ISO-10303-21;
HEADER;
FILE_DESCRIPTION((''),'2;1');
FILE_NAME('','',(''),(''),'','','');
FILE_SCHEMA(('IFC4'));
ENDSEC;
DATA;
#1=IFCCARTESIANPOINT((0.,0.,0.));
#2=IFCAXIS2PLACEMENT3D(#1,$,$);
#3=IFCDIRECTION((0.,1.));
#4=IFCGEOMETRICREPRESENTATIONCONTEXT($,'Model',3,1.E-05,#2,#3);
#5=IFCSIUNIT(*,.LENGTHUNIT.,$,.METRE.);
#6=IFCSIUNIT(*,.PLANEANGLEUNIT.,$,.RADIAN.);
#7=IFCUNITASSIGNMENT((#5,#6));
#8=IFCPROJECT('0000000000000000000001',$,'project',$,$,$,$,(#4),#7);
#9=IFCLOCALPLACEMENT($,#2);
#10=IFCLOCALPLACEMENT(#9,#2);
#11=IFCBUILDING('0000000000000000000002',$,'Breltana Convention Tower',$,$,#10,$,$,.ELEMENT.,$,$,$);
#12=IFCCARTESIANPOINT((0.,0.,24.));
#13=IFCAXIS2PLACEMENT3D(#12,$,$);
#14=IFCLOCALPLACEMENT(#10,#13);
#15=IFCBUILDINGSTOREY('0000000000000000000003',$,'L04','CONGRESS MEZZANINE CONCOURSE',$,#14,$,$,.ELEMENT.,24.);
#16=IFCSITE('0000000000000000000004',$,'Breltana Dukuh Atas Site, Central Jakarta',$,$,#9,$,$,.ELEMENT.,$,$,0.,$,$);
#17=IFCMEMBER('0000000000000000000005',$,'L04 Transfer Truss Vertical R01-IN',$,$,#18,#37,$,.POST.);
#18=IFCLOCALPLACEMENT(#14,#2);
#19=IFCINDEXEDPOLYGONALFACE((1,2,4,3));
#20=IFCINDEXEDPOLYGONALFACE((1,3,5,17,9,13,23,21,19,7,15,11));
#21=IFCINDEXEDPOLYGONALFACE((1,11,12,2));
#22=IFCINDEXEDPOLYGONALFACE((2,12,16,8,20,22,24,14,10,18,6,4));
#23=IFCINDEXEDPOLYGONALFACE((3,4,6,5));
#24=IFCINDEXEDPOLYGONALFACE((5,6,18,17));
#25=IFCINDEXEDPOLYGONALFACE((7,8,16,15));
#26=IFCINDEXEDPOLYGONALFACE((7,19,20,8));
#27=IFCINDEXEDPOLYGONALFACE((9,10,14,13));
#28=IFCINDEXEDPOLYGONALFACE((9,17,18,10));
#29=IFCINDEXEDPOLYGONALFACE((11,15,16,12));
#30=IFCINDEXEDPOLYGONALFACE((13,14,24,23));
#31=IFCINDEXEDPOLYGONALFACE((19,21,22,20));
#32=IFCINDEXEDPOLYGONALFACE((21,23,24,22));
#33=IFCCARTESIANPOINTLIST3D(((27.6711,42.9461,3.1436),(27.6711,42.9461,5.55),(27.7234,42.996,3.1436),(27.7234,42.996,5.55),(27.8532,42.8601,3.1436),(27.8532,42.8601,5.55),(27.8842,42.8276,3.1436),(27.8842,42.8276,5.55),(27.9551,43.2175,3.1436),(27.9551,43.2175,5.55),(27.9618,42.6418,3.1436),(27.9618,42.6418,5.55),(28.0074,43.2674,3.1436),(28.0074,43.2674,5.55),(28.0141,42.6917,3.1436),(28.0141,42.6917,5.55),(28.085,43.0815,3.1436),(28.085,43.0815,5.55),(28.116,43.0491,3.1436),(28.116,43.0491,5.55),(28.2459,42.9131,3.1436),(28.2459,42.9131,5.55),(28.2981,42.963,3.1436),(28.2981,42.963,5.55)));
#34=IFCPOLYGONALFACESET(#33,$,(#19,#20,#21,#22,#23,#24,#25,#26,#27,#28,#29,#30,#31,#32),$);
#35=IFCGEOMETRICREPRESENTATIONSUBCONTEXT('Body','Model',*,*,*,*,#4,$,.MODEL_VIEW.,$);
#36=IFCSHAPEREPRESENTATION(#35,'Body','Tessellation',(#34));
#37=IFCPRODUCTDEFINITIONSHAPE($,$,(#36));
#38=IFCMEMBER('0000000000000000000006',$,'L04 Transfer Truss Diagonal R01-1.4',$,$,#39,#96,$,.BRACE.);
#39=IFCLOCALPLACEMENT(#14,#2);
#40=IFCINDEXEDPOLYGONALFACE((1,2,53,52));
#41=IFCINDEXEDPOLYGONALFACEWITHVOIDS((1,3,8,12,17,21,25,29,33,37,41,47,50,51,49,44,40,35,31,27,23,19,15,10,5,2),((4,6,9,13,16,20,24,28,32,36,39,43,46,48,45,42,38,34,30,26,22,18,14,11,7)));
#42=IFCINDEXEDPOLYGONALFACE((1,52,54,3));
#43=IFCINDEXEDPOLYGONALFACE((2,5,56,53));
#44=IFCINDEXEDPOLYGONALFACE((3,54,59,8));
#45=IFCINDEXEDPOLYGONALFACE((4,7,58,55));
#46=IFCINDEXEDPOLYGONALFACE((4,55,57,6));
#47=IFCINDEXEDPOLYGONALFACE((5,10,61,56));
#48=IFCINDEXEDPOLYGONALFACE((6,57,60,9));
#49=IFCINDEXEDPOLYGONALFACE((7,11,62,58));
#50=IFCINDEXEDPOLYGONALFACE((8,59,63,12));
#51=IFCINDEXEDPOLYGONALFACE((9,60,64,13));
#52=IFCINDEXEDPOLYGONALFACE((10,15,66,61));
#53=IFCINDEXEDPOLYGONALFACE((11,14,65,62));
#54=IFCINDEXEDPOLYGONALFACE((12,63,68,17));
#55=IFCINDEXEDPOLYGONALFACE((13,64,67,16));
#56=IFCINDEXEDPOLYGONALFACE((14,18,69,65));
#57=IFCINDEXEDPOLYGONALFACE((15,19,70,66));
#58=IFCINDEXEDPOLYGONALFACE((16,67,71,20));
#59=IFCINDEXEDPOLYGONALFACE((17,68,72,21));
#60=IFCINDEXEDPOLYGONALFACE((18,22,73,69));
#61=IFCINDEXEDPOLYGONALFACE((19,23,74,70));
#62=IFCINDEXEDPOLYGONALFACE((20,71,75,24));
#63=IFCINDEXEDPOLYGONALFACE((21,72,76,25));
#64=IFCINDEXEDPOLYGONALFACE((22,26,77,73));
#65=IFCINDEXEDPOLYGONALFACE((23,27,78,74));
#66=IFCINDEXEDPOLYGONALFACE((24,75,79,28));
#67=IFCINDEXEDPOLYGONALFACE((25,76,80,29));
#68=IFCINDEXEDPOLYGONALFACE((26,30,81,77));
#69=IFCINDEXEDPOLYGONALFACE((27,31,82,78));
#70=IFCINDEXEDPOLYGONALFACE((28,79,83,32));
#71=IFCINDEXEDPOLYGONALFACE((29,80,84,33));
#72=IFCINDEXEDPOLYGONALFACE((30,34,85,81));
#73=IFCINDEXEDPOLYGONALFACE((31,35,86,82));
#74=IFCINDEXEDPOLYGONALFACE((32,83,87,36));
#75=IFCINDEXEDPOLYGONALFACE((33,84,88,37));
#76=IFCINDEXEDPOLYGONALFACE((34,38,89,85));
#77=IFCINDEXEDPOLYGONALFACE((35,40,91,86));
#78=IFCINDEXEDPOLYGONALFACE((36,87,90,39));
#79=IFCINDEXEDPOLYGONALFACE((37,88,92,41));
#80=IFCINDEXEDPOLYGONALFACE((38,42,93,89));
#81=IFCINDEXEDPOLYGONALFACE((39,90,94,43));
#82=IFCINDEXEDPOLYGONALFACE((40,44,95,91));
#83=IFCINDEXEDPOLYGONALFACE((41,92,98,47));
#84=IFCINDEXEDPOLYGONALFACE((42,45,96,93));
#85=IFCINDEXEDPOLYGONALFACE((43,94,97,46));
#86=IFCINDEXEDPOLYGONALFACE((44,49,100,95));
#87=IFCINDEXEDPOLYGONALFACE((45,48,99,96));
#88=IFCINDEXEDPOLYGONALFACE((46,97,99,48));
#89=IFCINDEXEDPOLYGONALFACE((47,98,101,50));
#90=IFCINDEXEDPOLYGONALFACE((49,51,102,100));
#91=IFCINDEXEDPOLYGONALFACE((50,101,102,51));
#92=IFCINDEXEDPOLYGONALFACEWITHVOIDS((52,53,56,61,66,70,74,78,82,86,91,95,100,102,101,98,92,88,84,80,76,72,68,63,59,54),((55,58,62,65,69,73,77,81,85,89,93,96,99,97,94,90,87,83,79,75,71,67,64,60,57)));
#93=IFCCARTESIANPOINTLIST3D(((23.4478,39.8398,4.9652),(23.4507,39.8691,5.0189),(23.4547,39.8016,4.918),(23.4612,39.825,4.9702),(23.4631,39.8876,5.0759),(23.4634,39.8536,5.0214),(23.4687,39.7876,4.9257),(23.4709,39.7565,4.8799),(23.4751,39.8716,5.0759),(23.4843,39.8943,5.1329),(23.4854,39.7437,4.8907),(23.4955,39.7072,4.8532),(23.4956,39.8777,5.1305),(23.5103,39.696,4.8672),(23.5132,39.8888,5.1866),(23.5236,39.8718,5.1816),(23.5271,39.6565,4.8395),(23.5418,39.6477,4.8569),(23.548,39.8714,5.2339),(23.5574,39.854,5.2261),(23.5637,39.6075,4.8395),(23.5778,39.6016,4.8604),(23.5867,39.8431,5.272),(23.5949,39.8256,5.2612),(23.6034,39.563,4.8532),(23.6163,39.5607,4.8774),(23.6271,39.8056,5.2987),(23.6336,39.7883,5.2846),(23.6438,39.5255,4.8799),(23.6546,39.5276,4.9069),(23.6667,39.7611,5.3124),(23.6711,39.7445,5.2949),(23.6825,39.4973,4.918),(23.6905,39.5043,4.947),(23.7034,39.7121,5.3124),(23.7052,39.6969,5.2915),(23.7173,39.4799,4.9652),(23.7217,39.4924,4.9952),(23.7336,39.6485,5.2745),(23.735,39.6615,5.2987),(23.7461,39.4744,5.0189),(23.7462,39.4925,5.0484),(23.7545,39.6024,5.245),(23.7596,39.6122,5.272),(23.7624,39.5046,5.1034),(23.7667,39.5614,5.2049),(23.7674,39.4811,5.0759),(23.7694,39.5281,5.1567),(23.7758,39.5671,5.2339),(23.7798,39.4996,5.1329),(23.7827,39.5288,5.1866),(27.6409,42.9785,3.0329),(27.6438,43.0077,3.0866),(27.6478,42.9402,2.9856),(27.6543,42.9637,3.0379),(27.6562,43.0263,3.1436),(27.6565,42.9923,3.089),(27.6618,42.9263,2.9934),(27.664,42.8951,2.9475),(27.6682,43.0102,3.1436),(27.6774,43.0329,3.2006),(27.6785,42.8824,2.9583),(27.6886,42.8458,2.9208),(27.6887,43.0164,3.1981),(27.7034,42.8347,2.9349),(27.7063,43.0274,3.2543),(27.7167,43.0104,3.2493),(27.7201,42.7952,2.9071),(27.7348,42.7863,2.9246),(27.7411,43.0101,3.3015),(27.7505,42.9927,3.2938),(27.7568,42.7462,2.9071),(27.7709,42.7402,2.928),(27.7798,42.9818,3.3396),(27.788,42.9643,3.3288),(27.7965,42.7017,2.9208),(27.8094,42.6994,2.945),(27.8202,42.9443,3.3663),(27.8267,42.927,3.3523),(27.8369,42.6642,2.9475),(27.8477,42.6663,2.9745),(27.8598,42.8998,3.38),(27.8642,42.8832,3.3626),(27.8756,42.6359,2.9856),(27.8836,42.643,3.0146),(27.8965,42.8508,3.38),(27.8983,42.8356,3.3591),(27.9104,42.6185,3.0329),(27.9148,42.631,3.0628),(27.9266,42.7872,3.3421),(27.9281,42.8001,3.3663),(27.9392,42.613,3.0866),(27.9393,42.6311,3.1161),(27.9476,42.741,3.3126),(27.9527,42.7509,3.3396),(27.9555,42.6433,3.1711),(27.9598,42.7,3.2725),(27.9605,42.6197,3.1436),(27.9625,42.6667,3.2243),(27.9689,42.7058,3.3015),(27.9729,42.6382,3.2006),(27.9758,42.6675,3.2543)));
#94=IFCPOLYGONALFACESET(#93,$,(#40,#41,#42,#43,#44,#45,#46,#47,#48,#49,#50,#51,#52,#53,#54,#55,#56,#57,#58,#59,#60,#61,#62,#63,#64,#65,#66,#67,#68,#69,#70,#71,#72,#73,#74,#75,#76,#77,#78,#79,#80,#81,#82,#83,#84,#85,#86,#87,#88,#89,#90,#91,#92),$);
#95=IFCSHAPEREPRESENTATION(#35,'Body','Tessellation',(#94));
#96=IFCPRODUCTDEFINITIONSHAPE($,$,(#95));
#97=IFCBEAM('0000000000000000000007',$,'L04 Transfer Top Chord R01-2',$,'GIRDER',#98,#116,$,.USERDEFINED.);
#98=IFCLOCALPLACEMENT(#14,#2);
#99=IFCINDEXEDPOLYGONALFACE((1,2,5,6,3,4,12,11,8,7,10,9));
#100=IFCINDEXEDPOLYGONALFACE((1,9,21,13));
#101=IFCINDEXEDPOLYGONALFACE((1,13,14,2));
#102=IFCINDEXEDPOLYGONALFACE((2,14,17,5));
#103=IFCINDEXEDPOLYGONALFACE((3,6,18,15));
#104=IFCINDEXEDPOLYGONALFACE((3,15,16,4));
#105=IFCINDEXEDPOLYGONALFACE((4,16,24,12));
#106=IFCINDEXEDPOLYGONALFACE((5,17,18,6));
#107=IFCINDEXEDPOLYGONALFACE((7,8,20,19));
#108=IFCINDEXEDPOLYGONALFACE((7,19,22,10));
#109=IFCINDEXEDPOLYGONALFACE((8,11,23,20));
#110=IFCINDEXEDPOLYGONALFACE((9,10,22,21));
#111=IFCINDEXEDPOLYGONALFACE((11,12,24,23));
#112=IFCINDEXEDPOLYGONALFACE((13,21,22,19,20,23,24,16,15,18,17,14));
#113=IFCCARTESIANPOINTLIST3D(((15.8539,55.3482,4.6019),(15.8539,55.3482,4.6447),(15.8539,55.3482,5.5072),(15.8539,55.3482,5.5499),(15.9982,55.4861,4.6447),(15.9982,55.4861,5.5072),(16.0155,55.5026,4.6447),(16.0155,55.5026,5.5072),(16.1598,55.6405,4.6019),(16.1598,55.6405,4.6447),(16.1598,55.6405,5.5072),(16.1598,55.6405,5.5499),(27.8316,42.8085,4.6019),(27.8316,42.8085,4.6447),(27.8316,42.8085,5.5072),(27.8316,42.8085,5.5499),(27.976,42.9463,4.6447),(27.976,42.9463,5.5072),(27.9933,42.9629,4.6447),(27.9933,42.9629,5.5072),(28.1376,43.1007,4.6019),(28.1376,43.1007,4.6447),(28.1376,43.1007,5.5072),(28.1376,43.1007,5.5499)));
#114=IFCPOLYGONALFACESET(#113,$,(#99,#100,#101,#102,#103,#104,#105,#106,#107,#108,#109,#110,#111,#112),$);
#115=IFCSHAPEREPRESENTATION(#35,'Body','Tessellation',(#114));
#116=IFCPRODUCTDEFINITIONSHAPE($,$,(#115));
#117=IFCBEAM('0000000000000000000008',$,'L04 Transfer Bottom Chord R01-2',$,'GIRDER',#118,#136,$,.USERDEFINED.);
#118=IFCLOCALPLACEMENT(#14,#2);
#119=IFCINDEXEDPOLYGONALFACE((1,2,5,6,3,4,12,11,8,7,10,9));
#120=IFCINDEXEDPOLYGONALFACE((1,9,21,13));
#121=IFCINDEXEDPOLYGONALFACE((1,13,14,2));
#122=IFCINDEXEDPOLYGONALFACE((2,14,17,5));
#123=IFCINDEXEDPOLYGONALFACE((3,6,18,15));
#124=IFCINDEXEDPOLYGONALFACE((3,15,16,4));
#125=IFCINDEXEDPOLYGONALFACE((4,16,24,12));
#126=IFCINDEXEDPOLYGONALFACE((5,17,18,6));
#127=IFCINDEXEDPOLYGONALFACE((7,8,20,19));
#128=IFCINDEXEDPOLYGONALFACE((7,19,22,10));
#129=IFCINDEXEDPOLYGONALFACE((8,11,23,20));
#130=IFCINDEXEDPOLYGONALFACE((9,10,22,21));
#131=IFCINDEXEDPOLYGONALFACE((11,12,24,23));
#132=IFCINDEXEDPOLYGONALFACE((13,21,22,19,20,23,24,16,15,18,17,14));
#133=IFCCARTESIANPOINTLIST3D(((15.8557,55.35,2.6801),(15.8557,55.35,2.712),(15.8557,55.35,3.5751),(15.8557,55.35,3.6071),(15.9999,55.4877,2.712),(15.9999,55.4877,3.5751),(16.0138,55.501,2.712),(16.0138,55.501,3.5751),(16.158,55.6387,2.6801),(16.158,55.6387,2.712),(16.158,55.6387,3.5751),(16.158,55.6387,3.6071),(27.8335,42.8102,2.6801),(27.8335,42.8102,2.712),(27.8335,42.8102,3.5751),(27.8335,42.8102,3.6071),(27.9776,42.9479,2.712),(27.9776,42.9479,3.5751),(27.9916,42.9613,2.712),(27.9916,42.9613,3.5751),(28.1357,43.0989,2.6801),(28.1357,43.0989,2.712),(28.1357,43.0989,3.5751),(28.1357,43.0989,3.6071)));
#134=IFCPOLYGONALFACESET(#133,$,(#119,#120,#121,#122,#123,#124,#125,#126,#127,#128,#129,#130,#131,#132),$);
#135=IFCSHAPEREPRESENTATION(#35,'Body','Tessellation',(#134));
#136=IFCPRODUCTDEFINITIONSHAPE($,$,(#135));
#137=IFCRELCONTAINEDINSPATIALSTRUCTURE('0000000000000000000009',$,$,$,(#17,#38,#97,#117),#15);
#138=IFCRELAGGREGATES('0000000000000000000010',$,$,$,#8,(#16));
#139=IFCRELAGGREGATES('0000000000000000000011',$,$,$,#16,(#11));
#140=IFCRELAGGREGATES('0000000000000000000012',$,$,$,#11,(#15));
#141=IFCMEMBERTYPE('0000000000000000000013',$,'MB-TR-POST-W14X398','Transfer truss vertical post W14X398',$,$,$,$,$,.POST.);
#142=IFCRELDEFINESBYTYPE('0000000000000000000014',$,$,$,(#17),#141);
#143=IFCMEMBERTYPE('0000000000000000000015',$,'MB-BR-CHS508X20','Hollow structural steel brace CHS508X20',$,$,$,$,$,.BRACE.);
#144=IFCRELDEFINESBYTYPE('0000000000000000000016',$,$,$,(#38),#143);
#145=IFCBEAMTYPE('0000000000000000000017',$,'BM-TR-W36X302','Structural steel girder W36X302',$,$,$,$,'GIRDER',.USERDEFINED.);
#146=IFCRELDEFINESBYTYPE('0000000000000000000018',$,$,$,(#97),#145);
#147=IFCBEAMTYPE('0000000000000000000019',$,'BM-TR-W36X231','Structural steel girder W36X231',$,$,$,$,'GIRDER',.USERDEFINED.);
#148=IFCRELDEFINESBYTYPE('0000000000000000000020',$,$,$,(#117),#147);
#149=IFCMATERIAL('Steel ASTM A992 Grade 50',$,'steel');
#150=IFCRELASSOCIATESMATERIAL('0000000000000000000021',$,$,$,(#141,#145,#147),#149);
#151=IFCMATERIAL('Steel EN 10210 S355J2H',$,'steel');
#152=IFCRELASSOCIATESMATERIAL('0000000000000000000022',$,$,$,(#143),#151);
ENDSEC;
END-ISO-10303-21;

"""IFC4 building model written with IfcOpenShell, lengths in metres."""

from ifc_helpers import new_model, si_unit, direction, frame, origin, origin_2d, place, context, subcontext, project, spatial, hollow_circle, i_section, extrude, source, transform, mapped, material, material_profile, profile_set, type_object, type_shapes, element, save


model = new_model("IFC4")

# Units and contexts
model_context = context("Model", 3, precision=1e-05, world=origin(), true_north=direction((0.0, 1.0)))
body_context = subcontext(model_context, "Body", "Model", "MODEL_VIEW")
ifc_project = project(units=[si_unit("LENGTHUNIT", "METRE"), si_unit("PLANEANGLEUNIT", "RADIAN")], contexts=[model_context])

# Site, building, storey
site_placement = place(None, origin())
site = spatial("IfcSite", under=ifc_project, at=site_placement, Name="Breltana Dukuh Atas Site, Central Jakarta", CompositionType="ELEMENT", RefElevation=0.0)
building_placement = place(site_placement, origin())
building = spatial("IfcBuilding", under=site, at=building_placement, Name="Breltana Convention Tower", CompositionType="ELEMENT")
storey_placement = place(building_placement, frame((0.0, 0.0, 24.0)))
storey = spatial("IfcBuildingStorey", under=building, at=storey_placement, Name="L04", Description="CONGRESS MEZZANINE CONCOURSE", CompositionType="ELEMENT", Elevation=24.0)

# Members
ifc_material_1 = material(Name="Steel ASTM A992 Grade 50", Category="steel")
ifc_material_profile_1 = material_profile(ifc_material_1, i_section(OverallWidth=0.4209, OverallDepth=0.4651, WebThickness=0.0449, FlangeThickness=0.0723, at=origin_2d()), Name="W14X398")
ifc_profile_set_1 = profile_set([ifc_material_profile_1], Name="Steel ASTM A992 Grade 50")
member_type_1 = type_object("IfcMemberType", Name="MB-TR-POST-W14X398", Description="Transfer truss vertical post W14X398", PredefinedType="POST", material=ifc_profile_set_1)
shared_shape_1 = source(origin(), body_context, "Body", "SweptSolid", [
    extrude(i_section(OverallWidth=0.4209, OverallDepth=0.4651, WebThickness=0.0449, FlangeThickness=0.0723, at=origin_2d()), origin(), (0.0, 0.0, 1.0), 2.4065),
])
type_shapes(member_type_1, [shared_shape_1])
member_1_placement = place(storey_placement, frame((27.9846, 42.9546, 3.1436), z_axis=(0.0, 0.0, 1.0), x_axis=(-0.690756, 0.723088, 0.0)))
element("IfcMember", 1, at=member_1_placement, inside=storey, type_object=member_type_1, Name="L04 Transfer Truss Vertical R01-IN", PredefinedType="POST", context=body_context, shape_type="MappedRepresentation", body=[
    mapped(shared_shape_1, transform((0.0, 0.0, 0.0), scale=1.0)),
])
ifc_material_2 = material(Name="Steel EN 10210 S355J2H", Category="steel")
ifc_material_profile_2 = material_profile(ifc_material_2, hollow_circle(Radius=0.2539, WallThickness=0.02, at=origin_2d()), Name="CHS508X20")
ifc_profile_set_2 = profile_set([ifc_material_profile_2], Name="Steel EN 10210 S355J2H")
member_type_2 = type_object("IfcMemberType", Name="MB-BR-CHS508X20", Description="Hollow structural steel brace CHS508X20", PredefinedType="BRACE", material=ifc_profile_set_2)
shared_shape_2 = source(origin(), body_context, "Body", "SweptSolid", [
    extrude(hollow_circle(Radius=0.2539, WallThickness=0.02, at=origin_2d()), origin(), (0.0, 0.0, 1.0), 5.5828),
])
type_shapes(member_type_2, [shared_shape_2])
member_2_placement = place(storey_placement, frame((23.6152, 39.6843, 5.0759), z_axis=(0.751079, 0.562205, -0.34613), x_axis=(-0.599246, 0.800565, 0.0)))
element("IfcMember", 2, at=member_2_placement, inside=storey, type_object=member_type_2, Name="L04 Transfer Truss Diagonal R01-1.4", PredefinedType="BRACE", context=body_context, shape_type="MappedRepresentation", body=[
    mapped(shared_shape_2, transform((0.0, 0.0, 0.0), scale=1.0)),
])

# Beams
ifc_material_profile_3 = material_profile(ifc_material_1, i_section(OverallWidth=0.4231, OverallDepth=0.948, WebThickness=0.0239, FlangeThickness=0.0427, at=origin_2d()), Name="W36X302")
ifc_profile_set_3 = profile_set([ifc_material_profile_3], Name="Steel ASTM A992 Grade 50")
beam_type_1 = type_object("IfcBeamType", Name="BM-TR-W36X302", Description="Structural steel girder W36X302", ElementType="GIRDER", PredefinedType="USERDEFINED", material=ifc_profile_set_3)
shared_shape_3 = source(origin(), body_context, "Body", "SweptSolid", [
    extrude(i_section(OverallWidth=0.4231, OverallDepth=0.948, WebThickness=0.0239, FlangeThickness=0.0427, at=origin_2d()), origin(), (0.0, 0.0, 1.0), 17.3411),
])
beam_1_placement = place(storey_placement, frame((27.9846, 42.9546, 5.0759), z_axis=(-0.690716, 0.723126, 0.0), x_axis=(-0.723126, -0.690716, 0.0)))
element("IfcBeam", 3, at=beam_1_placement, inside=storey, type_object=beam_type_1, Name="L04 Transfer Top Chord R01-2", ObjectType="GIRDER", PredefinedType="USERDEFINED", context=body_context, shape_type="MappedRepresentation", body=[
    mapped(shared_shape_3, transform((0.0, 0.0, 0.0), scale=1.0)),
])
ifc_material_profile_4 = material_profile(ifc_material_1, i_section(OverallWidth=0.418, OverallDepth=0.927, WebThickness=0.0193, FlangeThickness=0.032, at=origin_2d()), Name="W36X231")
ifc_profile_set_4 = profile_set([ifc_material_profile_4], Name="Steel ASTM A992 Grade 50")
beam_type_2 = type_object("IfcBeamType", Name="BM-TR-W36X231", Description="Structural steel girder W36X231", ElementType="GIRDER", PredefinedType="USERDEFINED", material=ifc_profile_set_4)
shared_shape_4 = source(origin(), body_context, "Body", "SweptSolid", [
    extrude(i_section(OverallWidth=0.418, OverallDepth=0.927, WebThickness=0.0193, FlangeThickness=0.032, at=origin_2d()), origin(), (0.0, 0.0, 1.0), 17.3411),
])
beam_2_placement = place(storey_placement, frame((27.9846, 42.9546, 3.1436), z_axis=(-0.690716, 0.723126, 0.0), x_axis=(-0.723126, -0.690716, 0.0)))
element("IfcBeam", 4, at=beam_2_placement, inside=storey, type_object=beam_type_2, Name="L04 Transfer Bottom Chord R01-2", ObjectType="GIRDER", PredefinedType="USERDEFINED", context=body_context, shape_type="MappedRepresentation", body=[
    mapped(shared_shape_4, transform((0.0, 0.0, 0.0), scale=1.0)),
])

save(model, "model.ifc")
